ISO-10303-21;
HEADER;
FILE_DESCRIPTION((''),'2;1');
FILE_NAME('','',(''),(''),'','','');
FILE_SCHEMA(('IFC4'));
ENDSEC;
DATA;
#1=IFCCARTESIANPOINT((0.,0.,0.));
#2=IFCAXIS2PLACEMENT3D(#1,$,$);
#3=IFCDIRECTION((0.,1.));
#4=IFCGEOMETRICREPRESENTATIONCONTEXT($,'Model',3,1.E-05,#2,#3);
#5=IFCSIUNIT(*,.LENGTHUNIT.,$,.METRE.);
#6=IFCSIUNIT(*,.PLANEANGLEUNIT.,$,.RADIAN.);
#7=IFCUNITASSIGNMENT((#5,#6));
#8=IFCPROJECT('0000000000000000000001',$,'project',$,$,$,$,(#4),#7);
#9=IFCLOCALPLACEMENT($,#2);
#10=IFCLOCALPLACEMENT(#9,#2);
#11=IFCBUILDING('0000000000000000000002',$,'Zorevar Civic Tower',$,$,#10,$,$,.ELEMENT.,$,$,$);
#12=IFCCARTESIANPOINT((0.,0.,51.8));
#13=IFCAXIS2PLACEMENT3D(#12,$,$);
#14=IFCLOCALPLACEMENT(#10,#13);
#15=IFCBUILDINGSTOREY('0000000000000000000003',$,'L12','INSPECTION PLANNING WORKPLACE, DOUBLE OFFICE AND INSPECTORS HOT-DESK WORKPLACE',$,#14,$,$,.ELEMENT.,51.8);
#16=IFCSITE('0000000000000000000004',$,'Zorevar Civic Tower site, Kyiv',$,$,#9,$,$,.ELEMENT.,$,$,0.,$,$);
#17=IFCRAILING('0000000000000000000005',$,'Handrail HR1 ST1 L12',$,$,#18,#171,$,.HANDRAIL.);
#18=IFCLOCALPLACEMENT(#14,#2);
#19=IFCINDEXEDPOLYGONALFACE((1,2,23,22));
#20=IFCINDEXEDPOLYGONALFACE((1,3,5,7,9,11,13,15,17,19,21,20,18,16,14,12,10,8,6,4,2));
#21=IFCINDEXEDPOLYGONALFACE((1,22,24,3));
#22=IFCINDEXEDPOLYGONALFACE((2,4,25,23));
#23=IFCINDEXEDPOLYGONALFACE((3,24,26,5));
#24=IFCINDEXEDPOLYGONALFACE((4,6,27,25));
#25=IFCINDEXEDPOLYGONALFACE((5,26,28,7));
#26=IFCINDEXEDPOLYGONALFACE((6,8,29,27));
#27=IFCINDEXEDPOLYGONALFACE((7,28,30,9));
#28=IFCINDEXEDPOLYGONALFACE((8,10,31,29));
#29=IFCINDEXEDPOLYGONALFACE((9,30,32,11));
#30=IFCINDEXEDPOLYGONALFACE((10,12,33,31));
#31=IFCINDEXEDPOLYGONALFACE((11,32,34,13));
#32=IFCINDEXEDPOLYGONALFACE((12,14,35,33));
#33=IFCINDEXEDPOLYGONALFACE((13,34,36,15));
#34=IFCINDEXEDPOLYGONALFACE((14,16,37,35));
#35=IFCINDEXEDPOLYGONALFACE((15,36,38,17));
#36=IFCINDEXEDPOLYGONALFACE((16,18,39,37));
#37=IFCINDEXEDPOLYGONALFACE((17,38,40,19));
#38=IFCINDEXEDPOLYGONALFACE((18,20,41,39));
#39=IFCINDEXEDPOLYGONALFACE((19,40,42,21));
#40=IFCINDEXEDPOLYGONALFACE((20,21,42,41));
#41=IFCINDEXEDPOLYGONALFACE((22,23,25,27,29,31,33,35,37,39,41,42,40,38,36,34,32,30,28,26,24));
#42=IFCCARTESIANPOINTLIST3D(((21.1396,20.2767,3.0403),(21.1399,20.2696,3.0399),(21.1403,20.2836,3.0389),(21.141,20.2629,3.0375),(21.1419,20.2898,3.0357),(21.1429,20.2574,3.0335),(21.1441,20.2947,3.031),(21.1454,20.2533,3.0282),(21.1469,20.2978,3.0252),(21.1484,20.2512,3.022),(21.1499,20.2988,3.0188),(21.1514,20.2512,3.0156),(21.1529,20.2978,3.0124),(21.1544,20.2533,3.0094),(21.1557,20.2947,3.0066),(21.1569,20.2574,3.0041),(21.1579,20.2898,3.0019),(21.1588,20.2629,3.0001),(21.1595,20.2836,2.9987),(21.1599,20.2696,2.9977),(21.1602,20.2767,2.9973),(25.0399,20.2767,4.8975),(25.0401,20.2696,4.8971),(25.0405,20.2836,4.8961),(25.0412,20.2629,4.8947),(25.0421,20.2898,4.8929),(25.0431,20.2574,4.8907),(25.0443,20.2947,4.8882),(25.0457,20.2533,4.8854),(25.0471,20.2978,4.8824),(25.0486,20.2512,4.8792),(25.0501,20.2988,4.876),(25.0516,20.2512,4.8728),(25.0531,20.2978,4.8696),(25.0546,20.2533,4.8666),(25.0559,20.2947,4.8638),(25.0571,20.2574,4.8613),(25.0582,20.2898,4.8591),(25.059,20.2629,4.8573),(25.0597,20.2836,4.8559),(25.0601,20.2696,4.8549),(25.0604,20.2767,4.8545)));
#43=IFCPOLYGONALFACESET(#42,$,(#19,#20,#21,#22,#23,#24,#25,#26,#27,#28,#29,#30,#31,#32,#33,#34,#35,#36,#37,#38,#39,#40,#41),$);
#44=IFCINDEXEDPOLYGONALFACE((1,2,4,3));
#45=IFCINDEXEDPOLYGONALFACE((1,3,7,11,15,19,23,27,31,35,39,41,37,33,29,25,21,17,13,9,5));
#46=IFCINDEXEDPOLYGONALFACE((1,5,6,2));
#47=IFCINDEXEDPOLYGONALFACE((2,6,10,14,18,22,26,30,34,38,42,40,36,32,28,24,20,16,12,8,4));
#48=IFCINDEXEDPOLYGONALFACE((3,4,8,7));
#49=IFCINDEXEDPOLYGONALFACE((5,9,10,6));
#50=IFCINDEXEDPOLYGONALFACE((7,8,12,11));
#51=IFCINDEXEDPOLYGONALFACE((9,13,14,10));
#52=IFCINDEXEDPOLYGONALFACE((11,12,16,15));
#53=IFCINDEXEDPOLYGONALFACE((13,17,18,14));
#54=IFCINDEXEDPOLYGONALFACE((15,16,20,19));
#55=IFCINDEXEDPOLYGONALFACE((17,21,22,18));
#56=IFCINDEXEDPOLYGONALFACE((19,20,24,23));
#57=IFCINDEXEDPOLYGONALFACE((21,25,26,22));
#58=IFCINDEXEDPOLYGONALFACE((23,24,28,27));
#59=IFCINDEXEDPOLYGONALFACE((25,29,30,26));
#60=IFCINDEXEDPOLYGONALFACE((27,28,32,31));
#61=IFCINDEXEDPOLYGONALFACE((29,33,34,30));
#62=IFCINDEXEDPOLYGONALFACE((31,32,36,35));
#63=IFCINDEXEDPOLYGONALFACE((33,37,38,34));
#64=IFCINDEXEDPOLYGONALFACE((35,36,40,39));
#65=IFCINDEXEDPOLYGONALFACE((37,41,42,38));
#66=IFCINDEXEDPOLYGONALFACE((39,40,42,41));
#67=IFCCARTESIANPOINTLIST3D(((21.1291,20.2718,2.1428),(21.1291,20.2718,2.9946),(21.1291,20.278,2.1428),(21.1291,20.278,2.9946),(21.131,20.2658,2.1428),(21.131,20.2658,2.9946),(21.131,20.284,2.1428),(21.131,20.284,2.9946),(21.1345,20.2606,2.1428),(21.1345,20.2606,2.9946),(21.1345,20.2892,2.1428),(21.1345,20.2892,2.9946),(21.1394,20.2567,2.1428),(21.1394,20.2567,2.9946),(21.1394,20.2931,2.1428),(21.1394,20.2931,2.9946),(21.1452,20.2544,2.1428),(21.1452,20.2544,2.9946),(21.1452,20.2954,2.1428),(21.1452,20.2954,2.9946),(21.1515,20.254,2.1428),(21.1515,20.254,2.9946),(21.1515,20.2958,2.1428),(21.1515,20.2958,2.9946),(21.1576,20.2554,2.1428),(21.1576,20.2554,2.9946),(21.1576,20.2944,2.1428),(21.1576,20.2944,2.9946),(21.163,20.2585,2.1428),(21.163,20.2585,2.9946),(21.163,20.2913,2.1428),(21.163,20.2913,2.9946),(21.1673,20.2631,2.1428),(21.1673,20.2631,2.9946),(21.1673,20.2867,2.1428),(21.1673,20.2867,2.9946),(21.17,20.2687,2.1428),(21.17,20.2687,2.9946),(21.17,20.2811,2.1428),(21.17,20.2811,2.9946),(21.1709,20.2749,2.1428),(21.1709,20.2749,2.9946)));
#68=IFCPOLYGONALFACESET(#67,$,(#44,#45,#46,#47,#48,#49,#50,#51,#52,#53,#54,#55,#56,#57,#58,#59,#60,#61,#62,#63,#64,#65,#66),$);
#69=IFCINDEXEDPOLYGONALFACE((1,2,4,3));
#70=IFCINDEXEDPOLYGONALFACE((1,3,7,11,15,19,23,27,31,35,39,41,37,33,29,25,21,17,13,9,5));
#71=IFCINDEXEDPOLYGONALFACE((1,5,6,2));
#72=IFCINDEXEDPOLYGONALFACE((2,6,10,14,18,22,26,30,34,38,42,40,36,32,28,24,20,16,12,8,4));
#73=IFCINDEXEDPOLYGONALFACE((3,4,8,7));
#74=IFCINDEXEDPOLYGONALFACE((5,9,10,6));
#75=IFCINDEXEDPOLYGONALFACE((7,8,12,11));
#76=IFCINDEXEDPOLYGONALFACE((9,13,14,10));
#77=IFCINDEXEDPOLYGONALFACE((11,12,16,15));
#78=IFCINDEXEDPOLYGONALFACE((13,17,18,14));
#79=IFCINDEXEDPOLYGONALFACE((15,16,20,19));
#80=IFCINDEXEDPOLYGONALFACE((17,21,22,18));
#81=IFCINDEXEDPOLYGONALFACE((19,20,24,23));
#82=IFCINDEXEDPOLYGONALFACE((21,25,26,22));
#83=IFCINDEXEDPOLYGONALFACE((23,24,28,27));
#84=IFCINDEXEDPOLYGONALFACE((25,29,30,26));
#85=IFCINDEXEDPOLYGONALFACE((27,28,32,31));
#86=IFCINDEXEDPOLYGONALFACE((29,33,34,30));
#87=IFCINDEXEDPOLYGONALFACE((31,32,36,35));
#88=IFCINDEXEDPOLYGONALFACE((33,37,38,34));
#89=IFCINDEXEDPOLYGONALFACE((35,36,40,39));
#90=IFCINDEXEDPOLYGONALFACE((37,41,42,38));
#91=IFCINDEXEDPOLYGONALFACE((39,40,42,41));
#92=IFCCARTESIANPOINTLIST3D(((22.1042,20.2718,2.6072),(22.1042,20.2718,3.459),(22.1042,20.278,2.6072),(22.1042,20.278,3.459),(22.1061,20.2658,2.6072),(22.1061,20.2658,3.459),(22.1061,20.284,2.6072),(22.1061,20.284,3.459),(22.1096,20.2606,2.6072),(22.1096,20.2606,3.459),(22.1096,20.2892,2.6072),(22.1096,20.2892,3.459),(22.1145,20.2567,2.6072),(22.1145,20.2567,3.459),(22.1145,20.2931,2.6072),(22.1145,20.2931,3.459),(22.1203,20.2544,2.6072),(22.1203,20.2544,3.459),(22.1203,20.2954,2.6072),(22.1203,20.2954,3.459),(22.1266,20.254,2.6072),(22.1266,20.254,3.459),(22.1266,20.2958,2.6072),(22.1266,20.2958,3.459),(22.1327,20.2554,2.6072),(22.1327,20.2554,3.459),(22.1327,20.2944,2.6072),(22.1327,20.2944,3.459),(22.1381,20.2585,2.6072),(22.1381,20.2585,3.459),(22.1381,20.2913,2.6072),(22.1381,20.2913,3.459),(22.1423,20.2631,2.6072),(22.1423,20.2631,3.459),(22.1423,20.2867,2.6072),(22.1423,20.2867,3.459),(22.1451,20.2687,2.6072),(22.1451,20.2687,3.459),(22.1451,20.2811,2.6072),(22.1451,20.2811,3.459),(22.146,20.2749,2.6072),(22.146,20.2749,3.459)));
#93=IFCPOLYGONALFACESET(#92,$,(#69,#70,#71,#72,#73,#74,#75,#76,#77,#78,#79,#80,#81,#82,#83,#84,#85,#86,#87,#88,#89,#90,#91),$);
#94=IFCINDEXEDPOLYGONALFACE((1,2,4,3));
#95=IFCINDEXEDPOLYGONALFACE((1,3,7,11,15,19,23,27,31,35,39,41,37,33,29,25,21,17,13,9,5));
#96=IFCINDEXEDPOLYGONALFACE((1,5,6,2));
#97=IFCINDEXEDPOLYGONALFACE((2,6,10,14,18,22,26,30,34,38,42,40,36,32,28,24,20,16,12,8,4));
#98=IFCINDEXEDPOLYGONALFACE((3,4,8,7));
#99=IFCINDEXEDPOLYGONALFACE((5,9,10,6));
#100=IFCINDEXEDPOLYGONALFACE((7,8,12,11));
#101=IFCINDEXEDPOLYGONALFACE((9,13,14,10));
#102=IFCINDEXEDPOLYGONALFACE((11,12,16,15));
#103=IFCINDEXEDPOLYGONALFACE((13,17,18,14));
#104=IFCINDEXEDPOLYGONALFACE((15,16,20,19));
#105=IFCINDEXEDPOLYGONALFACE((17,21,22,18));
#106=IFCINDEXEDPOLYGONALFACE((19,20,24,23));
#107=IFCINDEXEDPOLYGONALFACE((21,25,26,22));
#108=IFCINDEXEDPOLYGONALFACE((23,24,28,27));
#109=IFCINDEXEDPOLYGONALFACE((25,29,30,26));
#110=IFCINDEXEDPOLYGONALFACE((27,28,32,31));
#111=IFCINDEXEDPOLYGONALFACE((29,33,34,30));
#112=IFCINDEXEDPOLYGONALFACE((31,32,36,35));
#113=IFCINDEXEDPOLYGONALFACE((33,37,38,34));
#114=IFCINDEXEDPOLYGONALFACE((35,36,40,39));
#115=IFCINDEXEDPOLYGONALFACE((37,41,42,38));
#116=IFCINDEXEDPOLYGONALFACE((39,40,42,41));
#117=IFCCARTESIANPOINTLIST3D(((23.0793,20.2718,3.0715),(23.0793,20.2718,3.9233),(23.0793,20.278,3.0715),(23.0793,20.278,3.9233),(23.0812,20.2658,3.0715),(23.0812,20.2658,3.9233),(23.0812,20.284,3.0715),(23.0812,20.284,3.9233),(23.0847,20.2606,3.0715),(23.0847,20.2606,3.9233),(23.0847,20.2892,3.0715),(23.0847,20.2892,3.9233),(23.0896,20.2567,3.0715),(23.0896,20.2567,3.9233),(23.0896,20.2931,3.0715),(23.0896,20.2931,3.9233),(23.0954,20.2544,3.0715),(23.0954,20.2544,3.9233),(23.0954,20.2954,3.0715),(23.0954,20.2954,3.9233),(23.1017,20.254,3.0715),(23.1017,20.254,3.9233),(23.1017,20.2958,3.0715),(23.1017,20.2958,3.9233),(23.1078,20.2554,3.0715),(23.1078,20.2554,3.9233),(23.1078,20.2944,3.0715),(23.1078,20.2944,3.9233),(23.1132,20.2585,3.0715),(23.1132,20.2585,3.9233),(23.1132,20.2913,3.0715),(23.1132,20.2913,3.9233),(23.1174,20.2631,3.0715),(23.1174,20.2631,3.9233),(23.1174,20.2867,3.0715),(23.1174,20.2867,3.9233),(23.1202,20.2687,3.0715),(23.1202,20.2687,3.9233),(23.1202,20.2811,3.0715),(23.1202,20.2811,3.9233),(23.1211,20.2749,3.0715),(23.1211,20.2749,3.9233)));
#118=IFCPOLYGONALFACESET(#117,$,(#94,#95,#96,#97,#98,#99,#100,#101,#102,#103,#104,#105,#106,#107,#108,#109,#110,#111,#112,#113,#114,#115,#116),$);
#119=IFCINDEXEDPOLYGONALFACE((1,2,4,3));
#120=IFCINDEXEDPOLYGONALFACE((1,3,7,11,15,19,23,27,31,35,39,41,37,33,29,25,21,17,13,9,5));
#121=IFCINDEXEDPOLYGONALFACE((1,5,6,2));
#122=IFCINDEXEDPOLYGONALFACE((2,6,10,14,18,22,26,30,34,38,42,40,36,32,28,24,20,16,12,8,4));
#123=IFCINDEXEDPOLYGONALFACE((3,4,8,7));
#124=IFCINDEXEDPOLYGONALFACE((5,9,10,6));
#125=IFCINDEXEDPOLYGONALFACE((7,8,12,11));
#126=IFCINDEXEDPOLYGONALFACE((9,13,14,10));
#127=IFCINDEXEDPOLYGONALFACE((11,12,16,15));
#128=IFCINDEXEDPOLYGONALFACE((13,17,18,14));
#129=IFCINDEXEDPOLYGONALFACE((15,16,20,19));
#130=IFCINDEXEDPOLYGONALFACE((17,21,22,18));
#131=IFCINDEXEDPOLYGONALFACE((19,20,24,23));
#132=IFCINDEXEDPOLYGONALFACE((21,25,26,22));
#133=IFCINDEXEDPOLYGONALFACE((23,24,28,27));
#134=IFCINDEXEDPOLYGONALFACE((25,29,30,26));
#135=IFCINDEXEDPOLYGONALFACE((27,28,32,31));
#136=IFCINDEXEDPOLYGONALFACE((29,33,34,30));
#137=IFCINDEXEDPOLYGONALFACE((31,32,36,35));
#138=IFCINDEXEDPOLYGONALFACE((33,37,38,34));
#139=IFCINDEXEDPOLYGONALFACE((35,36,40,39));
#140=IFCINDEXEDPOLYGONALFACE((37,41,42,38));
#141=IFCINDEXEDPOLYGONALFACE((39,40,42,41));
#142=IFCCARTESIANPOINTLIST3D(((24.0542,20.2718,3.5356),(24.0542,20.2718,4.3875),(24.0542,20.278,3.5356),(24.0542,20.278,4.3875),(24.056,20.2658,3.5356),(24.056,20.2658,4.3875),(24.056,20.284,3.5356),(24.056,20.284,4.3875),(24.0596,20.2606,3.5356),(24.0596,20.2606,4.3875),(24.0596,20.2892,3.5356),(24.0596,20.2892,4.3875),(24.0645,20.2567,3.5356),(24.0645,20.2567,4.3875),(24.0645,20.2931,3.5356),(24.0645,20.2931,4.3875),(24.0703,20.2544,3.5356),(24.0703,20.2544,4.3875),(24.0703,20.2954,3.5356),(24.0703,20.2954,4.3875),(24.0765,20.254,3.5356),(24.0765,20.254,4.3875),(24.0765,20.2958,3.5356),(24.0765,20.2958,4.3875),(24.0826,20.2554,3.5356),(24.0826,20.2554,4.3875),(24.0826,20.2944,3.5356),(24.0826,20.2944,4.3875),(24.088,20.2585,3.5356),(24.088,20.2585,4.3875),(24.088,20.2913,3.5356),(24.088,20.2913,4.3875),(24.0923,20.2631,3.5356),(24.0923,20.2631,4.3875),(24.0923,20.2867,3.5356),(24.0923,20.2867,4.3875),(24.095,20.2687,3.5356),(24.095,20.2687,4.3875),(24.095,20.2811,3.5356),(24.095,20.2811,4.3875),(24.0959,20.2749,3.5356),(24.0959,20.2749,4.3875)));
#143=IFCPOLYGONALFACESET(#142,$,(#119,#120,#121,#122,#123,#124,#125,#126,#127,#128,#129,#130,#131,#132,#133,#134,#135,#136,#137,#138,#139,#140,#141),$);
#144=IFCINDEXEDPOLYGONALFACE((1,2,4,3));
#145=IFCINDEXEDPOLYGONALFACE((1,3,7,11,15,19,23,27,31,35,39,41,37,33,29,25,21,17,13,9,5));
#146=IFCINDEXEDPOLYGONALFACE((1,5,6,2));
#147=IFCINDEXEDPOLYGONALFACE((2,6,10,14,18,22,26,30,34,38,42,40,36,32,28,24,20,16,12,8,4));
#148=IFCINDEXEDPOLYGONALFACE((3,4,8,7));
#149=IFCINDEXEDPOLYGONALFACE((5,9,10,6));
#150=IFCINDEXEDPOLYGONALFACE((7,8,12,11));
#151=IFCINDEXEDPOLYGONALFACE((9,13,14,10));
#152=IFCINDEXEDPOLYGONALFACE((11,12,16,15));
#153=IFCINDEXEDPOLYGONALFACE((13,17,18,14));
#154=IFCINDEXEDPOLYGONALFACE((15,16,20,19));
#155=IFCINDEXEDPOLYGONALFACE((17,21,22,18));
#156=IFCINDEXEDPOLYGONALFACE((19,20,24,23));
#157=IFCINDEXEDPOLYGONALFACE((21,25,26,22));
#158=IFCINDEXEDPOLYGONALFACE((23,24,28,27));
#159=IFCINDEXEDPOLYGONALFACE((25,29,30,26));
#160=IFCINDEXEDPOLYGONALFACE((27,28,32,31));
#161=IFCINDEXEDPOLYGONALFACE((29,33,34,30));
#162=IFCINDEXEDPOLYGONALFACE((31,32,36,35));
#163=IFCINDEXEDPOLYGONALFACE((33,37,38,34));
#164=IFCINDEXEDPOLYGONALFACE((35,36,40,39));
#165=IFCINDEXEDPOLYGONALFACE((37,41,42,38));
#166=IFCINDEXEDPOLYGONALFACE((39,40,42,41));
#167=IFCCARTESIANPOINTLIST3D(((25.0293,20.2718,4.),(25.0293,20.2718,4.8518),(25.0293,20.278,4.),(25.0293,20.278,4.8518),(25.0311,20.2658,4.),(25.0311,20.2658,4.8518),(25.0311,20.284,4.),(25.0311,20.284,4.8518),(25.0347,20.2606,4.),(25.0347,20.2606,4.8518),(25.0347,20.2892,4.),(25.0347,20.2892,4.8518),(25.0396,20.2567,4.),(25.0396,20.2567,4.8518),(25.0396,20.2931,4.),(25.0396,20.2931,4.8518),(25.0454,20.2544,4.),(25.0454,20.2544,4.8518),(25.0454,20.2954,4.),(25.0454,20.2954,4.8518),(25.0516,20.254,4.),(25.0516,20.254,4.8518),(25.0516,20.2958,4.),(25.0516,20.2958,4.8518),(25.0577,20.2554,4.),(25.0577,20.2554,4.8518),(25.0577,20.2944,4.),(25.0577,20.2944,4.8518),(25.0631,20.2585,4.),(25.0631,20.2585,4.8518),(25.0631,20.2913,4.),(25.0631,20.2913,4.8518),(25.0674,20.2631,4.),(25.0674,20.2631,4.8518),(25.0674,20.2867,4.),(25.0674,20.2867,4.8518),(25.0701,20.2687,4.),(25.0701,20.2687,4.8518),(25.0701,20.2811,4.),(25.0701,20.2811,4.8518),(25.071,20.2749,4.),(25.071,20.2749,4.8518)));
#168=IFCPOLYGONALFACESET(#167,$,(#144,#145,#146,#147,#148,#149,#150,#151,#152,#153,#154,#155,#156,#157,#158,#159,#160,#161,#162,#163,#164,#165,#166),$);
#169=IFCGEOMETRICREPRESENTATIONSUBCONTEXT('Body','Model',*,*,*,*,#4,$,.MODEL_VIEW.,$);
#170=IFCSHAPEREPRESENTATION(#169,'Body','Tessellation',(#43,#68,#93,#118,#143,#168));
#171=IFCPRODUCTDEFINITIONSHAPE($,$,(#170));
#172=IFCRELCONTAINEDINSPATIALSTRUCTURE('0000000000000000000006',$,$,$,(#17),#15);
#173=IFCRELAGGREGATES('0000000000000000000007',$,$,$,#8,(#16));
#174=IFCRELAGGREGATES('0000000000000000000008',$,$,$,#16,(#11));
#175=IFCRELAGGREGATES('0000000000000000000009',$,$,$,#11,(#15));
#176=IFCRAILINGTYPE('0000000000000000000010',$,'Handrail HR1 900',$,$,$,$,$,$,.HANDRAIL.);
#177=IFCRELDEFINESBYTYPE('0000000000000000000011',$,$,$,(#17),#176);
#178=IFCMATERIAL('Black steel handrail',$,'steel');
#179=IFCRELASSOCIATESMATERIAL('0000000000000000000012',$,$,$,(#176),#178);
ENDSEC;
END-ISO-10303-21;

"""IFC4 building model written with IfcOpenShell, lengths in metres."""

from ifc_helpers import new_model, si_unit, direction, frame, origin, origin_2d, place, context, subcontext, project, spatial, circle, extrude, material, type_object, element, save


model = new_model("IFC4")

# Units and contexts
model_context = context("Model", 3, precision=1e-05, world=origin(), true_north=direction((0.0, 1.0)))
body_context = subcontext(model_context, "Body", "Model", "MODEL_VIEW")
ifc_project = project(units=[si_unit("LENGTHUNIT", "METRE"), si_unit("PLANEANGLEUNIT", "RADIAN")], contexts=[model_context])

# Site, building, storey
site_placement = place(None, origin())
site = spatial("IfcSite", under=ifc_project, at=site_placement, Name="Zorevar Civic Tower site, Kyiv", CompositionType="ELEMENT", RefElevation=0.0)
building_placement = place(site_placement, origin())
building = spatial("IfcBuilding", under=site, at=building_placement, Name="Zorevar Civic Tower", CompositionType="ELEMENT")
storey_placement = place(building_placement, frame((0.0, 0.0, 51.8)))
storey = spatial("IfcBuildingStorey", under=building, at=storey_placement, Name="L12", Description="INSPECTION PLANNING WORKPLACE, DOUBLE OFFICE AND INSPECTORS HOT-DESK WORKPLACE", CompositionType="ELEMENT", Elevation=51.8)

# Railing
ifc_material_1 = material(Name="Black steel handrail", Category="steel")
railing_type = type_object("IfcRailingType", Name="Handrail HR1 900", PredefinedType="HANDRAIL", material=ifc_material_1)
railing_1_placement = place(storey_placement, frame((21.1499, 20.2749, 2.1428)))
element("IfcRailing", 1, at=railing_1_placement, inside=storey, type_object=railing_type, Name="Handrail HR1 ST1 L12", PredefinedType="HANDRAIL", context=body_context, shape_type="SweptSolid", body=[
    extrude(circle(Radius=0.0239, at=origin_2d()), frame((0.0, 0.0, 0.876), z_axis=(0.902864, 0.0, 0.429927), x_axis=(0.0, 1.0, 0.0)), (0.0, 0.0, 1.0), 4.3198),
    extrude(circle(Radius=0.021, at=origin_2d()), origin(), (0.0, 0.0, 1.0), 0.8518),
    extrude(circle(Radius=0.021, at=origin_2d()), frame((0.9751, 0.0, 0.4644)), (0.0, 0.0, 1.0), 0.8518),
    extrude(circle(Radius=0.021, at=origin_2d()), frame((1.9502, 0.0, 0.9287)), (0.0, 0.0, 1.0), 0.8518),
    extrude(circle(Radius=0.021, at=origin_2d()), frame((2.925, 0.0, 1.3928)), (0.0, 0.0, 1.0), 0.8518),
    extrude(circle(Radius=0.021, at=origin_2d()), frame((3.9001, 0.0, 1.8572)), (0.0, 0.0, 1.0), 0.8518),
])

save(model, "model.ifc")
